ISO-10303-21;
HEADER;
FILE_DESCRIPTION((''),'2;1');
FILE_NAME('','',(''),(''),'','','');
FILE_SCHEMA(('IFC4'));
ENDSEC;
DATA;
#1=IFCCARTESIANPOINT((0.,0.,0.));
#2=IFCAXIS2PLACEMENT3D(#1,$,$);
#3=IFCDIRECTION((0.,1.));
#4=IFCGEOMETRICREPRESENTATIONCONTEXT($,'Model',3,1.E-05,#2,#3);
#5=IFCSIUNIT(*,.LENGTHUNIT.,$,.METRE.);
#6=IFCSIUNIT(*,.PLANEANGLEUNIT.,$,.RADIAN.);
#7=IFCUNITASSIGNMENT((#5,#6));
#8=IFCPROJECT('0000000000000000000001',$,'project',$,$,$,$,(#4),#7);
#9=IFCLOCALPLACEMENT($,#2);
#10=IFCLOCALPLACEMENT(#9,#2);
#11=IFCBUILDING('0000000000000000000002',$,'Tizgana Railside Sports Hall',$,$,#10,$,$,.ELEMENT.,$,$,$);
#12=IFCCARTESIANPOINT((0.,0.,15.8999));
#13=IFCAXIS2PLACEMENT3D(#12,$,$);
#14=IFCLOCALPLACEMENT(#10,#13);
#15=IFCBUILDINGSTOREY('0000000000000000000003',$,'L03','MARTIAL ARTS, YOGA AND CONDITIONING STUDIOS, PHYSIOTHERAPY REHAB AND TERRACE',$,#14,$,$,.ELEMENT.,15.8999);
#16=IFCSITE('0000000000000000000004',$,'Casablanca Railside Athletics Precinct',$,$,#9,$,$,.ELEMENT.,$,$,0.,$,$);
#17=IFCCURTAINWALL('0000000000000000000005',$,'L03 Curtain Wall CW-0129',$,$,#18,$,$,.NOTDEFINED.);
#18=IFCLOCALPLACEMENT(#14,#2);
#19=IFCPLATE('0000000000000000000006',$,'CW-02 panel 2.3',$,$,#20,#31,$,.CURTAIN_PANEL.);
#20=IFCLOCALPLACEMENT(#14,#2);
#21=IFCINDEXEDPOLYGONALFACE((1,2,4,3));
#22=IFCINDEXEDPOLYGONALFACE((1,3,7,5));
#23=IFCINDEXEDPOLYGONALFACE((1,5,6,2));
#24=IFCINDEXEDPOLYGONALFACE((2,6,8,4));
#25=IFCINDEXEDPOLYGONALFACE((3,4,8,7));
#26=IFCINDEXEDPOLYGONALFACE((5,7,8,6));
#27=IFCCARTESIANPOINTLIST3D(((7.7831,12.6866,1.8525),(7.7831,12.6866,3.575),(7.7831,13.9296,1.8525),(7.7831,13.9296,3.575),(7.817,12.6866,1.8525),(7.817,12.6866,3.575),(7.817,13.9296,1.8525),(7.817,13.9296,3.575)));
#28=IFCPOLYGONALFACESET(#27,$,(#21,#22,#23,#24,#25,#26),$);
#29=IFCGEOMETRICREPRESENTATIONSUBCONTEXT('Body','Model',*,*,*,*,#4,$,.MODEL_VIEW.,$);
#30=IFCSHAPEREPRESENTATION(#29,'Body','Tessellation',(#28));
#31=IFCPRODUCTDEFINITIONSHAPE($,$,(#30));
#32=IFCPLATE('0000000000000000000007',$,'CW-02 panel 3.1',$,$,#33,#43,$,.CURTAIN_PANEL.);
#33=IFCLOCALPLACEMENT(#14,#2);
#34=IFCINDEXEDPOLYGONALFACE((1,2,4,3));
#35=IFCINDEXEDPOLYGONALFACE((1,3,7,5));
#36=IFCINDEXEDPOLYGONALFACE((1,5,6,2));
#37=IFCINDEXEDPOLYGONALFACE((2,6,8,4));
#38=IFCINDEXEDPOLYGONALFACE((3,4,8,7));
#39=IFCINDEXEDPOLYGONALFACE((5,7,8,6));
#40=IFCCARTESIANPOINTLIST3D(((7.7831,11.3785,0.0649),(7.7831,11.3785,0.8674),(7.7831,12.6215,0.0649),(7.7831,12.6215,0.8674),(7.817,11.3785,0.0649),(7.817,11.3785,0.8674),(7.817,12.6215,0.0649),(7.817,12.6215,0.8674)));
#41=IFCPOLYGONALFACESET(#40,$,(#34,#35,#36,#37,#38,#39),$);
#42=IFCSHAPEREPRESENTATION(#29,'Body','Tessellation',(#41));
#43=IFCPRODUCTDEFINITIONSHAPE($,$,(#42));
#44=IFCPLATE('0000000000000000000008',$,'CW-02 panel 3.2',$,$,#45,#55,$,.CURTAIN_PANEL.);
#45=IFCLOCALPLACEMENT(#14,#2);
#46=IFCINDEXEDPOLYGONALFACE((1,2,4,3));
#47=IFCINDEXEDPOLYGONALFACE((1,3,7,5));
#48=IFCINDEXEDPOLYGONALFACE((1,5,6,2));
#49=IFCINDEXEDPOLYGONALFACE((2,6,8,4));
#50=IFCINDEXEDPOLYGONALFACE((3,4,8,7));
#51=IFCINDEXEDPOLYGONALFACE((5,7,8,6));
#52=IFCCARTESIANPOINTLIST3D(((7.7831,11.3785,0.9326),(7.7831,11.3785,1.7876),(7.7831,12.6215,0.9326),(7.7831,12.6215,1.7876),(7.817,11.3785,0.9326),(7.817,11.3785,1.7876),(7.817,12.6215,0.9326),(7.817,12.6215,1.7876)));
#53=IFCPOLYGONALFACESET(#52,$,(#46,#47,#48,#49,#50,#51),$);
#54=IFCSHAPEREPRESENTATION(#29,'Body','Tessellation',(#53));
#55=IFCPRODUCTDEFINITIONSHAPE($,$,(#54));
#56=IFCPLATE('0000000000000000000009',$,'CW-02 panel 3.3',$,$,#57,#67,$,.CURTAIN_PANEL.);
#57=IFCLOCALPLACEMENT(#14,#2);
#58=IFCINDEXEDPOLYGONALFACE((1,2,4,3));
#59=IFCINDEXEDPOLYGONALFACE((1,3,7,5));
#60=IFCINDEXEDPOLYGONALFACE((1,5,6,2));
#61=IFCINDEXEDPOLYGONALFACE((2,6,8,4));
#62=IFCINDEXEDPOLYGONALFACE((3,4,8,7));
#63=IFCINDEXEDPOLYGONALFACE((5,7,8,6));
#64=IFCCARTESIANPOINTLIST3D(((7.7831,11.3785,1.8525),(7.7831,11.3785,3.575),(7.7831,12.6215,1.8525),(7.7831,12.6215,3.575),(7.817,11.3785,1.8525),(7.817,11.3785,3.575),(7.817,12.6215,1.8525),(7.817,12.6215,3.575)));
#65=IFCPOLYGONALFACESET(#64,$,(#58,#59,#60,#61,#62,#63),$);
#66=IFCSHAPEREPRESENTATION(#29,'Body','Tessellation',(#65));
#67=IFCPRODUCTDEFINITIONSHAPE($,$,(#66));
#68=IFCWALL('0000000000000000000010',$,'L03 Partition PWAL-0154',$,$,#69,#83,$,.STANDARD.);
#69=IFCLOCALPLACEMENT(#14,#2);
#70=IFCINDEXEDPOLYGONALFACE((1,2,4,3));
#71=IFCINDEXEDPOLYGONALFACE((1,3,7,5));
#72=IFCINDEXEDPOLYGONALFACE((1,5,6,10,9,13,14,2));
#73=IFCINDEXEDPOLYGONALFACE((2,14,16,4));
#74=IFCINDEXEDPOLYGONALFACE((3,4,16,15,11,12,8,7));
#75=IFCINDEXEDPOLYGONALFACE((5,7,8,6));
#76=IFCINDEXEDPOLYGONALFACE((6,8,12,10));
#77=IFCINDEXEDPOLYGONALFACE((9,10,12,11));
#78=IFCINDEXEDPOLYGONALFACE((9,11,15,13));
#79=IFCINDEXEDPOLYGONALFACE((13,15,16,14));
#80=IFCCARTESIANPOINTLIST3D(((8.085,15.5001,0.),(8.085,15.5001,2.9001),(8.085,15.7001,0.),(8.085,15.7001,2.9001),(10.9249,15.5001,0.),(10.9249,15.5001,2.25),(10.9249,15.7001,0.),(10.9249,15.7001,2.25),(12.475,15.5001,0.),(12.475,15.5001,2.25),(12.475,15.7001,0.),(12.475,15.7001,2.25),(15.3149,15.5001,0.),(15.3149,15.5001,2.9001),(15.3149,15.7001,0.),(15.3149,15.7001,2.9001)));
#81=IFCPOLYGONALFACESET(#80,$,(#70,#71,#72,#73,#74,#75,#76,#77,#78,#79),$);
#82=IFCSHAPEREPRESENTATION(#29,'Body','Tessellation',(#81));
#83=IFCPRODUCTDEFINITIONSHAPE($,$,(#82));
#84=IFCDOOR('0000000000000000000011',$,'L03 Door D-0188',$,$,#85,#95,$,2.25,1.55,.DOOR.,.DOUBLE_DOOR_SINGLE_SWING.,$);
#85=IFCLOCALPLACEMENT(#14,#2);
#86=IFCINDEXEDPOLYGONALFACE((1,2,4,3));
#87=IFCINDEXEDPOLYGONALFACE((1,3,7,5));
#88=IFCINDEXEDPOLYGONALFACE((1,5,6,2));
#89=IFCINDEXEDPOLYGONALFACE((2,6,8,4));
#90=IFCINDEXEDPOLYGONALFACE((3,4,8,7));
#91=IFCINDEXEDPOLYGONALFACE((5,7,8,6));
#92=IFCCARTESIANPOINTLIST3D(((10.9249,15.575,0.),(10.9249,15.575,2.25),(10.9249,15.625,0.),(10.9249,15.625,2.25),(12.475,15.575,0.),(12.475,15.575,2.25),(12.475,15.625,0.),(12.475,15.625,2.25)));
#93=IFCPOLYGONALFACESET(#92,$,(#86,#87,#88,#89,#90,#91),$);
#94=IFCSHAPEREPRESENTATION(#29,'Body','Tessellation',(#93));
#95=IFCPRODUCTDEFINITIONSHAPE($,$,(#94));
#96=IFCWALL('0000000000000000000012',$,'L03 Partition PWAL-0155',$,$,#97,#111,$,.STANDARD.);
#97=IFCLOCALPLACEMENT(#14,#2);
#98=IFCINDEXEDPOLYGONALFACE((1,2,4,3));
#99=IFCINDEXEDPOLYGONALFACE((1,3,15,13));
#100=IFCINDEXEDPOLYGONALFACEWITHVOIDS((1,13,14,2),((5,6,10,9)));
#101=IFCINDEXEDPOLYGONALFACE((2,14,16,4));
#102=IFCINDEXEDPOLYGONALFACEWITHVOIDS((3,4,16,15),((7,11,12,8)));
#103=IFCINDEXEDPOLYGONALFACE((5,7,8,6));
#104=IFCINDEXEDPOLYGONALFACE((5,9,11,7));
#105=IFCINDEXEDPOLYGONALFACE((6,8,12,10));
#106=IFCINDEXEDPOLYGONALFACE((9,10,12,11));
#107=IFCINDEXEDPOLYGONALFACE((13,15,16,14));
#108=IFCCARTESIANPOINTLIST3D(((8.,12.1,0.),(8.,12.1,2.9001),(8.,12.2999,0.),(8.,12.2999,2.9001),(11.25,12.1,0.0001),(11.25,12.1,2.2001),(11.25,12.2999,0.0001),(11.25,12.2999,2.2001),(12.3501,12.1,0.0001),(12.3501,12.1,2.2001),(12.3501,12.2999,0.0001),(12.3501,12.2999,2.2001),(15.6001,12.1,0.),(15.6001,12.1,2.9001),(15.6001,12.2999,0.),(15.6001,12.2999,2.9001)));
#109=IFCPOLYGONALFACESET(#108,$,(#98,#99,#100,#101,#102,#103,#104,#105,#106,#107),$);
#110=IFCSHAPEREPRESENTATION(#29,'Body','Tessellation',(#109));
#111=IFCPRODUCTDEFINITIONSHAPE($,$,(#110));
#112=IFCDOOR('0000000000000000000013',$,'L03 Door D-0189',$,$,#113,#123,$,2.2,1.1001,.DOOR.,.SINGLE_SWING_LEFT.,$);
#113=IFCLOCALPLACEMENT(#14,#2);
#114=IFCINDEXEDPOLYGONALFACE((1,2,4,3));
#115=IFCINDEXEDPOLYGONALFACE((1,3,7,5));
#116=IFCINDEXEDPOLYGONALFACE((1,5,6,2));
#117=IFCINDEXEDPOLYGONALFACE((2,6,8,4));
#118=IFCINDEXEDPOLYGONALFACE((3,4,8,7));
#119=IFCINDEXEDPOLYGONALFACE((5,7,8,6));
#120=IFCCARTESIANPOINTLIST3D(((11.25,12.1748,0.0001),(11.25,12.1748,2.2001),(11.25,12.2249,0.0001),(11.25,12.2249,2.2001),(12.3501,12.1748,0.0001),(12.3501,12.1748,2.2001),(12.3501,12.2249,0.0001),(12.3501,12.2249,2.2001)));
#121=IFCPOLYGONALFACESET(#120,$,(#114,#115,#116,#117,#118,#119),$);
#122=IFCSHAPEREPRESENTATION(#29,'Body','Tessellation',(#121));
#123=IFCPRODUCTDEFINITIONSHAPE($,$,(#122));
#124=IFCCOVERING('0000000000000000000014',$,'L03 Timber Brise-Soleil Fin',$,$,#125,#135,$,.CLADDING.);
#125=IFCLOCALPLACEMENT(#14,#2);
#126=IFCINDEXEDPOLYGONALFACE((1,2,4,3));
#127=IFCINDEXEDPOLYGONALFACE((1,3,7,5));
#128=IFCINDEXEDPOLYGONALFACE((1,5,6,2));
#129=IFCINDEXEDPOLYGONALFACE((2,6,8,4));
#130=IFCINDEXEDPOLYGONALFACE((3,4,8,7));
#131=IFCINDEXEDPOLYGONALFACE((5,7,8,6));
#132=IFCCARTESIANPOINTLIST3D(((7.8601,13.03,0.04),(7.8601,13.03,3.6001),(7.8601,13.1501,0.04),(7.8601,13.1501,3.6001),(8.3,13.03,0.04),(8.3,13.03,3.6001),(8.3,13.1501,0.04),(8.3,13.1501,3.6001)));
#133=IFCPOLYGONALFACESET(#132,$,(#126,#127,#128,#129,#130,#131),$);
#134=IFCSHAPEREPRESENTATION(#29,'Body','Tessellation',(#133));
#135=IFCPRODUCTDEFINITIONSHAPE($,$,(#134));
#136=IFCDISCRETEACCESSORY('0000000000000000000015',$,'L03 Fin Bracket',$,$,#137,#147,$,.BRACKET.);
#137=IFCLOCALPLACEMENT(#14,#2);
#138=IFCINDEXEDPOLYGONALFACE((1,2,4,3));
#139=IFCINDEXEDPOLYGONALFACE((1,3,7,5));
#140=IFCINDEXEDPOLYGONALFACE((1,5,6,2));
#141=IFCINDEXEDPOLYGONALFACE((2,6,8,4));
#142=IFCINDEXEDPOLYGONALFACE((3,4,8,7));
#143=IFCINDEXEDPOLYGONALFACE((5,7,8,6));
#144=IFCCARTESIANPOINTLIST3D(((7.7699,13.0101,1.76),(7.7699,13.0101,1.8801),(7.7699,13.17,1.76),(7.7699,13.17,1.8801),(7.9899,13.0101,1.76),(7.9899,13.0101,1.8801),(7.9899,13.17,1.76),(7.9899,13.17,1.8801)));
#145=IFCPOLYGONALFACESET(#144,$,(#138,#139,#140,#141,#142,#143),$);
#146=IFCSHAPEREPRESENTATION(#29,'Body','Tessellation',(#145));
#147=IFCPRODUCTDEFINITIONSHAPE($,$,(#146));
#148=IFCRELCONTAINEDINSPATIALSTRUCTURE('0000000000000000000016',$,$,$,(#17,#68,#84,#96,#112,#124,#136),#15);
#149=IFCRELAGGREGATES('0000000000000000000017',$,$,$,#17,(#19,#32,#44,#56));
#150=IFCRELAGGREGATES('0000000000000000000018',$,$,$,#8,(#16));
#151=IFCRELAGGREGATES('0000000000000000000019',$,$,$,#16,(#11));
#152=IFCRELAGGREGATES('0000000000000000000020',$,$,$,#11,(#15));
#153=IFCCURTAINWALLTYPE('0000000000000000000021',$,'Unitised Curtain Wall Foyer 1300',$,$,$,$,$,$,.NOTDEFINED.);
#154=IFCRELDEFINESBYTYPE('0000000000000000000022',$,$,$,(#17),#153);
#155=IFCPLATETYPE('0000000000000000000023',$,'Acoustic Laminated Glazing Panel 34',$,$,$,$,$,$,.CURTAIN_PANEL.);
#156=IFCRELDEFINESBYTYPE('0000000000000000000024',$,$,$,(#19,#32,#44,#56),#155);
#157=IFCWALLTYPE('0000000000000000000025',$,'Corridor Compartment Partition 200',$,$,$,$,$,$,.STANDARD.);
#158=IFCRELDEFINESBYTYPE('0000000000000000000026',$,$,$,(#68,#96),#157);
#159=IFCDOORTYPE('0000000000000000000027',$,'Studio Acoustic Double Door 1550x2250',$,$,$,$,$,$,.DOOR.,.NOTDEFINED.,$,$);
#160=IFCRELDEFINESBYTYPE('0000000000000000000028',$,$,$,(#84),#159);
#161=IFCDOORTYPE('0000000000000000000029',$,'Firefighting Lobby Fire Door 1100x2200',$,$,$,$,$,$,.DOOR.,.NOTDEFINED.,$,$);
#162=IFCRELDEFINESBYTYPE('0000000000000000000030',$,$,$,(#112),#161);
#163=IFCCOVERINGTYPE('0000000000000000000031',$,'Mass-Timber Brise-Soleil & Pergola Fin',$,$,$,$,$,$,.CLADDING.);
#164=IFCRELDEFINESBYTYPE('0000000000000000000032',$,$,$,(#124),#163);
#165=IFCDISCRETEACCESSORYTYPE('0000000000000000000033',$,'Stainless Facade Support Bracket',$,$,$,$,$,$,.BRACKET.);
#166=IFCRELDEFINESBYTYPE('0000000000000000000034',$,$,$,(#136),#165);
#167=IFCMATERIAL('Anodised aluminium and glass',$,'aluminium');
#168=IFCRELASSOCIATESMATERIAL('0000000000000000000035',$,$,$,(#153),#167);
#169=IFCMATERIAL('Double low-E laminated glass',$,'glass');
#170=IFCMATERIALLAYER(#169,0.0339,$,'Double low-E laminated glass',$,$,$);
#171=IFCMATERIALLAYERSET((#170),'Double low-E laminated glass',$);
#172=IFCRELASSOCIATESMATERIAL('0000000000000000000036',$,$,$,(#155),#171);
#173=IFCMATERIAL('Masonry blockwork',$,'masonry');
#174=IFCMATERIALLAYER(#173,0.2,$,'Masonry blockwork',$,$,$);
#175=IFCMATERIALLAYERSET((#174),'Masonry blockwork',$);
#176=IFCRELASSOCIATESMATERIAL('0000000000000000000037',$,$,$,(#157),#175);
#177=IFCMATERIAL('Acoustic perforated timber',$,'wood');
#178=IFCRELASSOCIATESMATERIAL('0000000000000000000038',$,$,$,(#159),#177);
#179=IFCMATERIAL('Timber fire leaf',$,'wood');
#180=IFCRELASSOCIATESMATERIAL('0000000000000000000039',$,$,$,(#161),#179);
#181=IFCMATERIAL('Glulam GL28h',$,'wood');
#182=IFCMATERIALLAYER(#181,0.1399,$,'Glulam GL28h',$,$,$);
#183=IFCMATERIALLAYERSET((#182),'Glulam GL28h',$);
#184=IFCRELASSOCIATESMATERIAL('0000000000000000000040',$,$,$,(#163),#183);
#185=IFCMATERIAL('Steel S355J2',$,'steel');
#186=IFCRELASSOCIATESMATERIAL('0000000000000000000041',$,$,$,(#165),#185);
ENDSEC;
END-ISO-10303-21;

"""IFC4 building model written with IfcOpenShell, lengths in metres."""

from ifc_helpers import new_model, si_unit, direction, frame, frame_2d, origin, origin_2d, place, context, subcontext, project, spatial, rectangle, extrude, material, layer, layer_set, type_object, element, fill, aggregate, save


model = new_model("IFC4")

# Units and contexts
model_context = context("Model", 3, precision=1e-05, world=origin(), true_north=direction((0.0, 1.0)))
body_context = subcontext(model_context, "Body", "Model", "MODEL_VIEW")
ifc_project = project(units=[si_unit("LENGTHUNIT", "METRE"), si_unit("PLANEANGLEUNIT", "RADIAN")], contexts=[model_context])

# Site, building, storey
site_placement = place(None, origin())
site = spatial("IfcSite", under=ifc_project, at=site_placement, Name="Casablanca Railside Athletics Precinct", CompositionType="ELEMENT", RefElevation=0.0)
building_placement = place(site_placement, origin())
building = spatial("IfcBuilding", under=site, at=building_placement, Name="Tizgana Railside Sports Hall", CompositionType="ELEMENT")
storey_placement = place(building_placement, frame((0.0, 0.0, 15.8999)))
storey = spatial("IfcBuildingStorey", under=building, at=storey_placement, Name="L03", Description="MARTIAL ARTS, YOGA AND CONDITIONING STUDIOS, PHYSIOTHERAPY REHAB AND TERRACE", CompositionType="ELEMENT", Elevation=15.8999)

# Curtain wall
ifc_material_1 = material(Name="Anodised aluminium and glass", Category="aluminium")
curtain_wall_type_1 = type_object("IfcCurtainWallType", Name="Unitised Curtain Wall Foyer 1300", PredefinedType="NOTDEFINED", material=ifc_material_1)
curtain_wall_1_placement = place(storey_placement, origin())
curtain_wall_1 = element("IfcCurtainWall", 1, at=curtain_wall_1_placement, inside=storey, type_object=curtain_wall_type_1, Name="L03 Curtain Wall CW-0129", PredefinedType="NOTDEFINED")

# Shared definitions
ifc_material_2 = material(Name="Steel S355J2", Category="steel")

# Plates
ifc_material_3 = material(Name="Double low-E laminated glass", Category="glass")
ifc_layer_1 = layer(ifc_material_3, 0.0339, Name="Double low-E laminated glass")
ifc_layer_set_1 = layer_set([ifc_layer_1], Name="Double low-E laminated glass")
plate_type = type_object("IfcPlateType", Name="Acoustic Laminated Glazing Panel 34", PredefinedType="CURTAIN_PANEL", material=ifc_layer_set_1)
plate_1_placement = place(storey_placement, frame((7.8, 13.3081, 1.8525), z_axis=(0.0, 0.0, 1.0), x_axis=(0.0, -1.0, 0.0)))
plate_1 = element("IfcPlate", 2, at=plate_1_placement, type_object=plate_type, Name="CW-02 panel 2.3", PredefinedType="CURTAIN_PANEL", context=body_context, shape_type="SweptSolid", body=[
    extrude(rectangle(XDim=1.2429, YDim=0.0339, at=origin_2d()), origin(), (0.0, 0.0, 1.0), 1.7224),
])
plate_2_placement = place(storey_placement, frame((7.8, 12.0, 0.0649), z_axis=(0.0, 0.0, 1.0), x_axis=(0.0, -1.0, 0.0)))
plate_2 = element("IfcPlate", 3, at=plate_2_placement, type_object=plate_type, Name="CW-02 panel 3.1", PredefinedType="CURTAIN_PANEL", context=body_context, shape_type="SweptSolid", body=[
    extrude(rectangle(XDim=1.2429, YDim=0.0339, at=origin_2d()), origin(), (0.0, 0.0, 1.0), 0.8025),
])
plate_3_placement = place(storey_placement, frame((7.8, 12.0, 0.9326), z_axis=(0.0, 0.0, 1.0), x_axis=(0.0, -1.0, 0.0)))
plate_3 = element("IfcPlate", 4, at=plate_3_placement, type_object=plate_type, Name="CW-02 panel 3.2", PredefinedType="CURTAIN_PANEL", context=body_context, shape_type="SweptSolid", body=[
    extrude(rectangle(XDim=1.2429, YDim=0.0339, at=origin_2d()), origin(), (0.0, 0.0, 1.0), 0.855),
])
plate_4_placement = place(storey_placement, frame((7.8, 12.0, 1.8525), z_axis=(0.0, 0.0, 1.0), x_axis=(0.0, -1.0, 0.0)))
plate_4 = element("IfcPlate", 5, at=plate_4_placement, type_object=plate_type, Name="CW-02 panel 3.3", PredefinedType="CURTAIN_PANEL", context=body_context, shape_type="SweptSolid", body=[
    extrude(rectangle(XDim=1.2429, YDim=0.0339, at=origin_2d()), origin(), (0.0, 0.0, 1.0), 1.7224),
])
aggregate(curtain_wall_1, [plate_1, plate_2, plate_3, plate_4])

# Walls, openings, doors
ifc_material_4 = material(Name="Masonry blockwork", Category="masonry")
ifc_layer_2 = layer(ifc_material_4, 0.2, Name="Masonry blockwork")
ifc_layer_set_2 = layer_set([ifc_layer_2], Name="Masonry blockwork")
wall_type = type_object("IfcWallType", Name="Corridor Compartment Partition 200", PredefinedType="STANDARD", material=ifc_layer_set_2)
wall_1_placement = place(storey_placement, frame((8.085, 15.6001, 0.0), z_axis=(0.0, 0.0, 1.0), x_axis=(1.0, 0.0, 0.0)))
wall_1 = element("IfcWall", 6, at=wall_1_placement, inside=storey, type_object=wall_type, Name="L03 Partition PWAL-0154", PredefinedType="STANDARD", context=body_context, shape_type="SweptSolid", body=[
    extrude(rectangle(XDim=7.23, YDim=0.2, at=frame_2d((3.615, 0.0))), origin(), (0.0, 0.0, 1.0), 2.9001),
])
opening_1_placement = place(wall_1_placement, frame((2.8401, 0.0, 0.0)))
opening_1 = element("IfcOpeningElement", 7, at=opening_1_placement, cuts=wall_1, PredefinedType="OPENING", context=body_context, shape_type="SweptSolid", body=[
    extrude(rectangle(XDim=1.55, YDim=2.25, at=frame_2d((0.7749, 1.125))), frame((0.0, 0.1099, 0.0), z_axis=(0.0, -1.0, 0.0), x_axis=(1.0, 0.0, 0.0)), (0.0, 0.0, 1.0), 0.22),
])
ifc_material_5 = material(Name="Acoustic perforated timber", Category="wood")
door_type_1 = type_object("IfcDoorType", Name="Studio Acoustic Double Door 1550x2250", OperationType="NOTDEFINED", PredefinedType="DOOR", material=ifc_material_5)
door_1_placement = place(opening_1_placement, origin())
door_1 = element("IfcDoor", 8, at=door_1_placement, inside=storey, type_object=door_type_1, Name="L03 Door D-0188", OperationType="DOUBLE_DOOR_SINGLE_SWING", OverallHeight=2.25, OverallWidth=1.55, PredefinedType="DOOR", context=body_context, shape_type="SweptSolid", body=[
    extrude(rectangle(XDim=1.55, YDim=2.25, at=frame_2d((0.7749, 1.125))), frame((0.0, 0.0249, 0.0), z_axis=(0.0, -1.0, 0.0), x_axis=(1.0, 0.0, 0.0)), (0.0, 0.0, 1.0), 0.05),
])
fill(opening_1, door_1)
wall_2_placement = place(storey_placement, frame((8.0, 12.2, 0.0), z_axis=(0.0, 0.0, 1.0), x_axis=(1.0, 0.0, 0.0)))
wall_2 = element("IfcWall", 9, at=wall_2_placement, inside=storey, type_object=wall_type, Name="L03 Partition PWAL-0155", PredefinedType="STANDARD", context=body_context, shape_type="SweptSolid", body=[
    extrude(rectangle(XDim=7.6001, YDim=0.2, at=frame_2d((3.8, 0.0))), origin(), (0.0, 0.0, 1.0), 2.9001),
])
opening_2_placement = place(wall_2_placement, frame((3.25, 0.0, 0.0)))
opening_2 = element("IfcOpeningElement", 10, at=opening_2_placement, cuts=wall_2, PredefinedType="OPENING", context=body_context, shape_type="SweptSolid", body=[
    extrude(rectangle(XDim=1.1001, YDim=2.2, at=frame_2d((0.55, 1.1001))), frame((0.0, 0.1099, 0.0), z_axis=(0.0, -1.0, 0.0), x_axis=(1.0, 0.0, 0.0)), (0.0, 0.0, 1.0), 0.22),
])
ifc_material_6 = material(Name="Timber fire leaf", Category="wood")
door_type_2 = type_object("IfcDoorType", Name="Firefighting Lobby Fire Door 1100x2200", OperationType="NOTDEFINED", PredefinedType="DOOR", material=ifc_material_6)
door_2_placement = place(opening_2_placement, origin())
door_2 = element("IfcDoor", 11, at=door_2_placement, inside=storey, type_object=door_type_2, Name="L03 Door D-0189", OperationType="SINGLE_SWING_LEFT", OverallHeight=2.2, OverallWidth=1.1001, PredefinedType="DOOR", context=body_context, shape_type="SweptSolid", body=[
    extrude(rectangle(XDim=1.1001, YDim=2.2, at=frame_2d((0.55, 1.1001))), frame((0.0, 0.0249, 0.0), z_axis=(0.0, -1.0, 0.0), x_axis=(1.0, 0.0, 0.0)), (0.0, 0.0, 1.0), 0.05),
])
fill(opening_2, door_2)

# Covering
ifc_material_7 = material(Name="Glulam GL28h", Category="wood")
ifc_layer_3 = layer(ifc_material_7, 0.1399, Name="Glulam GL28h")
ifc_layer_set_3 = layer_set([ifc_layer_3], Name="Glulam GL28h")
covering_type = type_object("IfcCoveringType", Name="Mass-Timber Brise-Soleil & Pergola Fin", PredefinedType="CLADDING", material=ifc_layer_set_3)
covering_placement = place(storey_placement, frame((8.0801, 13.0901, 0.04), z_axis=(0.0, 0.0, 1.0), x_axis=(0.0, -1.0, 0.0)))
element("IfcCovering", 12, at=covering_placement, inside=storey, type_object=covering_type, Name="L03 Timber Brise-Soleil Fin", PredefinedType="CLADDING", context=body_context, shape_type="SweptSolid", body=[
    extrude(rectangle(XDim=0.1201, YDim=0.4399, at=origin_2d()), origin(), (0.0, 0.0, 1.0), 3.5601),
])

# Discrete accessory
discrete_accessory_type = type_object("IfcDiscreteAccessoryType", Name="Stainless Facade Support Bracket", PredefinedType="BRACKET", material=ifc_material_2)
discrete_accessory_placement = place(storey_placement, frame((7.8799, 13.0901, 1.76), z_axis=(0.0, 0.0, 1.0), x_axis=(0.0, -1.0, 0.0)))
element("IfcDiscreteAccessory", 13, at=discrete_accessory_placement, inside=storey, type_object=discrete_accessory_type, Name="L03 Fin Bracket", PredefinedType="BRACKET", context=body_context, shape_type="SweptSolid", body=[
    extrude(rectangle(XDim=0.1599, YDim=0.22, at=origin_2d()), origin(), (0.0, 0.0, 1.0), 0.1201),
])

save(model, "model.ifc")
